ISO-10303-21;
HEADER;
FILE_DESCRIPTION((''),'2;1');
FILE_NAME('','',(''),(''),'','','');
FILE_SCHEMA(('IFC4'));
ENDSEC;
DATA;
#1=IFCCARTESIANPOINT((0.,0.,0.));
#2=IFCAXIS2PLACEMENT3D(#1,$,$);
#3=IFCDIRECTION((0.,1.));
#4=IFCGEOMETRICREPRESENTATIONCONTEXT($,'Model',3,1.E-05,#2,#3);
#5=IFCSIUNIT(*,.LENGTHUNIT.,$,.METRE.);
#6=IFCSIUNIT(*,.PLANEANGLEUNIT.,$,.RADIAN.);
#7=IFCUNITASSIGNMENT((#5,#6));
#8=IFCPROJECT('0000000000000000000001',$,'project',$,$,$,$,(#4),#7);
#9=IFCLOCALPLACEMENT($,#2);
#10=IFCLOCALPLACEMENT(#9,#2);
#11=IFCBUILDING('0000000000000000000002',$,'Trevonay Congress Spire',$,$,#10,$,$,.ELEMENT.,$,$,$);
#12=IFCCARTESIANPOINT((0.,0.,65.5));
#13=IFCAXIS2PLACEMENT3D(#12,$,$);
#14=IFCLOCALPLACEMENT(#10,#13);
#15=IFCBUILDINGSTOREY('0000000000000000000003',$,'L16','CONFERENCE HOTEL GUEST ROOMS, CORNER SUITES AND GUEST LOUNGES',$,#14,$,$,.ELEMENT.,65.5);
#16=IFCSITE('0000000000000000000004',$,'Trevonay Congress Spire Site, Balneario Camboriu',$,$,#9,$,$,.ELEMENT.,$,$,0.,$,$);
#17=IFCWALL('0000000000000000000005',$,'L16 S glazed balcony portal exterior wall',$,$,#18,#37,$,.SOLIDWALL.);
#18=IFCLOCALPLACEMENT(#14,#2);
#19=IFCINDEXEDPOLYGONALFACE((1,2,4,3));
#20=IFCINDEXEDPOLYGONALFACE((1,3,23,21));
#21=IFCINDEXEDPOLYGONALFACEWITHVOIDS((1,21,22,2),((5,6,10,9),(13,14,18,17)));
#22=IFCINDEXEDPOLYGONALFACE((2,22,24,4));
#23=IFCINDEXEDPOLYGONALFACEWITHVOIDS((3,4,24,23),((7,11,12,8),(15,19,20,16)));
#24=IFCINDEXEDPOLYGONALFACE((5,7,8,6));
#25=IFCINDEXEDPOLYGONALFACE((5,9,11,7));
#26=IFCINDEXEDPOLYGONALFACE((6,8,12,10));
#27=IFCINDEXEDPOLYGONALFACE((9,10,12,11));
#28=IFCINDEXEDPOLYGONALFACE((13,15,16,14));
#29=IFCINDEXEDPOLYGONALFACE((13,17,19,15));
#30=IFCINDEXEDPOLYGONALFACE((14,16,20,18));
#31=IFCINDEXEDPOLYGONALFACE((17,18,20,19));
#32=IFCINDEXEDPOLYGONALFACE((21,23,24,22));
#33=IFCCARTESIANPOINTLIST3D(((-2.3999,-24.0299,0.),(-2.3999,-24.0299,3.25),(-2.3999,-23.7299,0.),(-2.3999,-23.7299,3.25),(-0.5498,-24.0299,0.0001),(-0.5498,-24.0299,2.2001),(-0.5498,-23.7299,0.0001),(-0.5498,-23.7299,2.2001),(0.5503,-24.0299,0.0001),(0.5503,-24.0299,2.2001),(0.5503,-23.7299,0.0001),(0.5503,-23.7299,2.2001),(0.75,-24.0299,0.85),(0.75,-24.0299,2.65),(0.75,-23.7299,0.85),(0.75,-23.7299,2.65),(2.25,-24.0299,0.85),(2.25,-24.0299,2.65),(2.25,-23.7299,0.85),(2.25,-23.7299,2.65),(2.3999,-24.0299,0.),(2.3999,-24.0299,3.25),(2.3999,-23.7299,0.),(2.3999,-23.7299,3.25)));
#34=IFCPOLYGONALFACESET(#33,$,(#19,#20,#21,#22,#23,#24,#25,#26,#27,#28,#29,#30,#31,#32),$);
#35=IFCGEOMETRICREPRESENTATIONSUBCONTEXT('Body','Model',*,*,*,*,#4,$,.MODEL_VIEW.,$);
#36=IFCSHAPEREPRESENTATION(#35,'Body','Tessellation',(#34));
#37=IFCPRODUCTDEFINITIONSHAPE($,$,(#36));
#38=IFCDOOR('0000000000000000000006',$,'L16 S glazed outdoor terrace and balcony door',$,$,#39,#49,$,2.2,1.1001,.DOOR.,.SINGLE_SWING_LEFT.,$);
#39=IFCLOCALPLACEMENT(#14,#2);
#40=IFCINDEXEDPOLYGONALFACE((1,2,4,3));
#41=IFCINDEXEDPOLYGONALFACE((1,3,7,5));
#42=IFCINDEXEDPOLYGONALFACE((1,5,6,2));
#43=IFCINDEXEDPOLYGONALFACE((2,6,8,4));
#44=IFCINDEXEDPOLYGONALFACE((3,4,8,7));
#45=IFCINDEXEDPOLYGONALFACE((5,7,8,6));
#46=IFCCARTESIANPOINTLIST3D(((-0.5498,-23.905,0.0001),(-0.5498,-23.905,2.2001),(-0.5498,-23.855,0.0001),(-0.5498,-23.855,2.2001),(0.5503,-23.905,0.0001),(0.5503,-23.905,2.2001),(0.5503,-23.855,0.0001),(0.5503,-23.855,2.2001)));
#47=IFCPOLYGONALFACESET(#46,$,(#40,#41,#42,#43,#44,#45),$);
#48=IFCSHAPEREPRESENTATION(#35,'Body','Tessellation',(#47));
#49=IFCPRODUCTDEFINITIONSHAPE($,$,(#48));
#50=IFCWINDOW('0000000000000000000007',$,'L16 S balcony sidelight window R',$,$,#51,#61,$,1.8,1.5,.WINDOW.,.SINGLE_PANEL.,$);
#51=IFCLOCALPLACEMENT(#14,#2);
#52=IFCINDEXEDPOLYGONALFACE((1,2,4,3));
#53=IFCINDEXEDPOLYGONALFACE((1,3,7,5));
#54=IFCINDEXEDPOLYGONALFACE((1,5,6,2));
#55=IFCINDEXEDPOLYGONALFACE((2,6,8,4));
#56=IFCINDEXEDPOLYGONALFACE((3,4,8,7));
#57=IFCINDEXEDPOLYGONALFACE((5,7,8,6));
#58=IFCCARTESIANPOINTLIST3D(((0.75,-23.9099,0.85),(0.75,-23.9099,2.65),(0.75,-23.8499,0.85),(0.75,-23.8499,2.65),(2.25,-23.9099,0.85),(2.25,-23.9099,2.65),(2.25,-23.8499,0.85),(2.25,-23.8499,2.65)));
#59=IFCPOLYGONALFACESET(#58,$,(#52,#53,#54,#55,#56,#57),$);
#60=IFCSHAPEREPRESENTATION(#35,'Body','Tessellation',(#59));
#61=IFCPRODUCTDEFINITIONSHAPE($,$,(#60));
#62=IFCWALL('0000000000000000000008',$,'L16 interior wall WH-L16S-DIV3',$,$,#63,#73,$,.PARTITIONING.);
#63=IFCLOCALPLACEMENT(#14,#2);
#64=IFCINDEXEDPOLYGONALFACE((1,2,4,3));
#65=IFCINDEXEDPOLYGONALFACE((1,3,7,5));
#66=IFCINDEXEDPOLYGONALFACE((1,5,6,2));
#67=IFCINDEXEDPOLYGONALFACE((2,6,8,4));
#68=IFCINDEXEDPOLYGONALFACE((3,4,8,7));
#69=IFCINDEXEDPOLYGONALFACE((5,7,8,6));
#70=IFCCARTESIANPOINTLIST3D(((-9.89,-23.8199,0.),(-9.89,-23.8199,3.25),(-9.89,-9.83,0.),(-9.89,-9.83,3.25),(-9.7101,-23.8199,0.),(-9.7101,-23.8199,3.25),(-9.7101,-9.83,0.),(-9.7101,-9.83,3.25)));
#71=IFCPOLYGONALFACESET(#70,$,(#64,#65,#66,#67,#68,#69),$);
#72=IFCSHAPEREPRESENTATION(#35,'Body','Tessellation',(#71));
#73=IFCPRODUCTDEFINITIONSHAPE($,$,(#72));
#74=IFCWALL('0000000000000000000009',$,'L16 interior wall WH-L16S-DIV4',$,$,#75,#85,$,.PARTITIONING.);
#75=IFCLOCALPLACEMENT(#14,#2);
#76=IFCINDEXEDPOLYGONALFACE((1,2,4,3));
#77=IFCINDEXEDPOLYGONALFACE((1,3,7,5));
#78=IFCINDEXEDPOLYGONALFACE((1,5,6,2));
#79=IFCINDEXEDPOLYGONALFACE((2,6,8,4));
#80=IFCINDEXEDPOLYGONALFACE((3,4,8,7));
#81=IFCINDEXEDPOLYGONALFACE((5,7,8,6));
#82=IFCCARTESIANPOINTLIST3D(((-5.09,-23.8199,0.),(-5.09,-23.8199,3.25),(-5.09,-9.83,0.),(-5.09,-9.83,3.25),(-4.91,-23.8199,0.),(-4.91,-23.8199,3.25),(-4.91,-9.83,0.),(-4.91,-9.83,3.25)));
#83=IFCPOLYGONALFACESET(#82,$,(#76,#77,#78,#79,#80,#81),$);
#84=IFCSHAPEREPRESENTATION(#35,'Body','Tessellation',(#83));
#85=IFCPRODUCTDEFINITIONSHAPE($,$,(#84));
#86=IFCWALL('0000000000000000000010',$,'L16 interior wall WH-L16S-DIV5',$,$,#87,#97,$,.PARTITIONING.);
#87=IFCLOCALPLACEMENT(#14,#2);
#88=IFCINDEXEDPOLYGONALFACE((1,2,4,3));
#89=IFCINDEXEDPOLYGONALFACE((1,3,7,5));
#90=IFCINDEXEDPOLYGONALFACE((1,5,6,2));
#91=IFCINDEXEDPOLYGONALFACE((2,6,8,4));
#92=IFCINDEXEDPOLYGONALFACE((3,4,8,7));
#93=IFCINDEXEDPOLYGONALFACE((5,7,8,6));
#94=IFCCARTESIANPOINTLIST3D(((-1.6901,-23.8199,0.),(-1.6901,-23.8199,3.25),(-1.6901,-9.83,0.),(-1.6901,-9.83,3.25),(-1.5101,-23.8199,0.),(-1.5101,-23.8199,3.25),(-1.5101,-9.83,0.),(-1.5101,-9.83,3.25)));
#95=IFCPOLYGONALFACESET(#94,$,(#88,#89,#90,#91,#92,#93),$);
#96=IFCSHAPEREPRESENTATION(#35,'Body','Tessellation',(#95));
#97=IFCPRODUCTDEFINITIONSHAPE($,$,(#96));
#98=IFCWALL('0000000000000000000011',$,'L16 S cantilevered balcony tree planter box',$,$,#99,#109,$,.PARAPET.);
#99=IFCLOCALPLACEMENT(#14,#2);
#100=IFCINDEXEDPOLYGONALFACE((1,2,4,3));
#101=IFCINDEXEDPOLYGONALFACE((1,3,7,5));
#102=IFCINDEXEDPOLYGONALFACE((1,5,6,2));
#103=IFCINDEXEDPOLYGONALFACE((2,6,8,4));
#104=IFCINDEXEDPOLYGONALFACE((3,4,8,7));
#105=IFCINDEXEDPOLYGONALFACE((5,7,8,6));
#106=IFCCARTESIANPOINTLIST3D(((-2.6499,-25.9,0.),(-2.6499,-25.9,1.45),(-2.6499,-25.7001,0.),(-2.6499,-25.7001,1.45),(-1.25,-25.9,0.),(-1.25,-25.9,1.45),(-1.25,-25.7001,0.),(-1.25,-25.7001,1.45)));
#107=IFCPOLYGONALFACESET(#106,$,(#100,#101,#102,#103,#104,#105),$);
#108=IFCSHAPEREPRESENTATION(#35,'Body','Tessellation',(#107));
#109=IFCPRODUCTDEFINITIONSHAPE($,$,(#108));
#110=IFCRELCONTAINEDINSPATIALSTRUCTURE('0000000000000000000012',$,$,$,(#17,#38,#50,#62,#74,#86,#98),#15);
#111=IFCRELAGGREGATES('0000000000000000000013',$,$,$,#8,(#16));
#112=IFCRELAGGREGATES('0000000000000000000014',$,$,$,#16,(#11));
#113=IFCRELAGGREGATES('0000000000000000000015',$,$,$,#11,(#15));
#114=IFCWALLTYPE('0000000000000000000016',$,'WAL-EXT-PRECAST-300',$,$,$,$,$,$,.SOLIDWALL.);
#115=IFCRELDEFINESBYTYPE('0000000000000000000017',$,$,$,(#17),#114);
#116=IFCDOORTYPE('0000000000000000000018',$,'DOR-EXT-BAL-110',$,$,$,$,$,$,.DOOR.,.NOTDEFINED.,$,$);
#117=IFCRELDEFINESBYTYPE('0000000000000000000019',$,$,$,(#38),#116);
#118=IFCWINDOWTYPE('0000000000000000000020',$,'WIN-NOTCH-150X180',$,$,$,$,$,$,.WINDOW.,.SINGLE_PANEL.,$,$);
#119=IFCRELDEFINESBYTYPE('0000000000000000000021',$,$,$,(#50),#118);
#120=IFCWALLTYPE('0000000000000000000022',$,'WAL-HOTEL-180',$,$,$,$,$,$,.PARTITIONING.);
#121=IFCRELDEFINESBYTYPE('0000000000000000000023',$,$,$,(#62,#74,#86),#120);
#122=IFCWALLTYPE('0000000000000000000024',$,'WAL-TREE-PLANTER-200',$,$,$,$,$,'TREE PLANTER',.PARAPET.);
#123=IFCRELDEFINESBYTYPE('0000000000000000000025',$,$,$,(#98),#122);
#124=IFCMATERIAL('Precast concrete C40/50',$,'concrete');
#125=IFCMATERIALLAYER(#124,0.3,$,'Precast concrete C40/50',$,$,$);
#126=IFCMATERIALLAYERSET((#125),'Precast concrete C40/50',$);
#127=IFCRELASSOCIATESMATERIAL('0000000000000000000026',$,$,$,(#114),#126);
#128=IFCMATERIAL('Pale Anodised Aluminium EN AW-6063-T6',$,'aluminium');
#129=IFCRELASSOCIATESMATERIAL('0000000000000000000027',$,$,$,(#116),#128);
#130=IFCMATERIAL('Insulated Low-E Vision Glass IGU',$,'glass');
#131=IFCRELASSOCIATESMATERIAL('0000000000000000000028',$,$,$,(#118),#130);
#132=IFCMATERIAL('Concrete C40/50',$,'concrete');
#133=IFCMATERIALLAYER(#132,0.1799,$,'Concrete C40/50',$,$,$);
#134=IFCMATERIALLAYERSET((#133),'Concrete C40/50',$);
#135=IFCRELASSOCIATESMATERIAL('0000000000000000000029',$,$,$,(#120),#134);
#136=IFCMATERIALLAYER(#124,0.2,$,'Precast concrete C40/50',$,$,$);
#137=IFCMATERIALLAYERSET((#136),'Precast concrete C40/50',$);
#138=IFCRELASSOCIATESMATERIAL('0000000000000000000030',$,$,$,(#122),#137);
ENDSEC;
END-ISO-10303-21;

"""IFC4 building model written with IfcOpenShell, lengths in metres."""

from ifc_helpers import new_model, si_unit, direction, frame, frame_2d, origin, place, context, subcontext, project, spatial, rectangle, extrude, material, layer, layer_set, type_object, element, fill, save


model = new_model("IFC4")

# Units and contexts
model_context = context("Model", 3, precision=1e-05, world=origin(), true_north=direction((0.0, 1.0)))
body_context = subcontext(model_context, "Body", "Model", "MODEL_VIEW")
ifc_project = project(units=[si_unit("LENGTHUNIT", "METRE"), si_unit("PLANEANGLEUNIT", "RADIAN")], contexts=[model_context])

# Site, building, storey
site_placement = place(None, origin())
site = spatial("IfcSite", under=ifc_project, at=site_placement, Name="Trevonay Congress Spire Site, Balneario Camboriu", CompositionType="ELEMENT", RefElevation=0.0)
building_placement = place(site_placement, origin())
building = spatial("IfcBuilding", under=site, at=building_placement, Name="Trevonay Congress Spire", CompositionType="ELEMENT")
storey_placement = place(building_placement, frame((0.0, 0.0, 65.5)))
storey = spatial("IfcBuildingStorey", under=building, at=storey_placement, Name="L16", Description="CONFERENCE HOTEL GUEST ROOMS, CORNER SUITES AND GUEST LOUNGES", CompositionType="ELEMENT", Elevation=65.5)

# Shared definitions
ifc_material_1 = material(Name="Pale Anodised Aluminium EN AW-6063-T6", Category="aluminium")

# Shared definitions
ifc_material_2 = material(Name="Insulated Low-E Vision Glass IGU", Category="glass")

# Shared definitions
ifc_material_3 = material(Name="Concrete C40/50", Category="concrete")

# Wall, openings, door, window
ifc_material_4 = material(Name="Precast concrete C40/50", Category="concrete")
ifc_layer_1 = layer(ifc_material_4, 0.3, Name="Precast concrete C40/50")
ifc_layer_set_1 = layer_set([ifc_layer_1], Name="Precast concrete C40/50")
wall_type_1 = type_object("IfcWallType", Name="WAL-EXT-PRECAST-300", PredefinedType="SOLIDWALL", material=ifc_layer_set_1)
wall_1_placement = place(storey_placement, frame((-2.3999, -23.8799, 0.0), z_axis=(0.0, 0.0, 1.0), x_axis=(1.0, 0.0, 0.0)))
wall_1 = element("IfcWall", 1, at=wall_1_placement, inside=storey, type_object=wall_type_1, Name="L16 S glazed balcony portal exterior wall", PredefinedType="SOLIDWALL", context=body_context, shape_type="SweptSolid", body=[
    extrude(rectangle(XDim=4.7998, YDim=0.3, at=frame_2d((2.3999, 0.0))), origin(), (0.0, 0.0, 1.0), 3.25),
])
opening_1_placement = place(wall_1_placement, frame((1.8501, 0.0, 0.0)))
opening_1 = element("IfcOpeningElement", 2, at=opening_1_placement, cuts=wall_1, PredefinedType="OPENING", context=body_context, shape_type="SweptSolid", body=[
    extrude(rectangle(XDim=1.1001, YDim=2.2, at=frame_2d((0.55, 1.1001))), frame((0.0, 0.1602, 0.0), z_axis=(0.0, -1.0, 0.0), x_axis=(1.0, 0.0, 0.0)), (0.0, 0.0, 1.0), 0.3201),
])
opening_2_placement = place(wall_1_placement, frame((3.1499, 0.0, 0.8501)))
opening_2 = element("IfcOpeningElement", 3, at=opening_2_placement, cuts=wall_1, PredefinedType="OPENING", context=body_context, shape_type="SweptSolid", body=[
    extrude(rectangle(XDim=1.5, YDim=1.8, at=frame_2d((0.75, 0.8999))), frame((0.0, 0.1602, 0.0), z_axis=(0.0, -1.0, 0.0), x_axis=(1.0, 0.0, 0.0)), (0.0, 0.0, 1.0), 0.3201),
])
door_type_1 = type_object("IfcDoorType", Name="DOR-EXT-BAL-110", OperationType="NOTDEFINED", PredefinedType="DOOR", material=ifc_material_1)
door_1_placement = place(opening_1_placement, origin())
door_1 = element("IfcDoor", 4, at=door_1_placement, inside=storey, type_object=door_type_1, Name="L16 S glazed outdoor terrace and balcony door", OperationType="SINGLE_SWING_LEFT", OverallHeight=2.2, OverallWidth=1.1001, PredefinedType="DOOR", context=body_context, shape_type="SweptSolid", body=[
    extrude(rectangle(XDim=1.1001, YDim=2.2, at=frame_2d((0.55, 1.1001))), frame((0.0, 0.0249, 0.0), z_axis=(0.0, -1.0, 0.0), x_axis=(1.0, 0.0, 0.0)), (0.0, 0.0, 1.0), 0.05),
])
fill(opening_1, door_1)
window_type = type_object("IfcWindowType", Name="WIN-NOTCH-150X180", PartitioningType="SINGLE_PANEL", PredefinedType="WINDOW", material=ifc_material_2)
window_placement = place(opening_2_placement, origin())
window = element("IfcWindow", 5, at=window_placement, inside=storey, type_object=window_type, Name="L16 S balcony sidelight window R", OverallHeight=1.8, OverallWidth=1.5, PartitioningType="SINGLE_PANEL", PredefinedType="WINDOW", context=body_context, shape_type="SweptSolid", body=[
    extrude(rectangle(XDim=1.5, YDim=1.8, at=frame_2d((0.75, 0.8999))), frame((0.0, 0.03, 0.0), z_axis=(0.0, -1.0, 0.0), x_axis=(1.0, 0.0, 0.0)), (0.0, 0.0, 1.0), 0.0601),
])
fill(opening_2, window)

# Walls
ifc_layer_2 = layer(ifc_material_3, 0.1799, Name="Concrete C40/50")
ifc_layer_set_2 = layer_set([ifc_layer_2], Name="Concrete C40/50")
wall_type_2 = type_object("IfcWallType", Name="WAL-HOTEL-180", PredefinedType="PARTITIONING", material=ifc_layer_set_2)
for number, where, z_axis, x_axis, name in (
    (6, (-9.8, -23.8201, 0.0), (0.0, 0.0, 1.0), (0.0, 1.0, 0.0), "L16 interior wall WH-L16S-DIV3"),
    (7, (-5.0, -23.8201, 0.0), (0.0, 0.0, 1.0), (0.0, 1.0, 0.0), "L16 interior wall WH-L16S-DIV4"),
    (8, (-1.6001, -23.8201, 0.0), (0.0, 0.0, 1.0), (0.0, 1.0, 0.0), "L16 interior wall WH-L16S-DIV5"),
):
    element("IfcWall", number, at=place(storey_placement, frame(where, z_axis=z_axis, x_axis=x_axis)), inside=storey, type_object=wall_type_2, Name=name, PredefinedType="PARTITIONING", context=body_context, shape_type="SweptSolid", body=[
        extrude(rectangle(XDim=13.99, YDim=0.1799, at=frame_2d((6.9951, 0.0))), origin(), (0.0, 0.0, 1.0), 3.25),
    ])
ifc_layer_3 = layer(ifc_material_4, 0.2, Name="Precast concrete C40/50")
ifc_layer_set_3 = layer_set([ifc_layer_3], Name="Precast concrete C40/50")
wall_type_3 = type_object("IfcWallType", Name="WAL-TREE-PLANTER-200", ElementType="TREE PLANTER", PredefinedType="PARAPET", material=ifc_layer_set_3)
wall_2_placement = place(storey_placement, frame((-2.6499, -25.8, 0.0), z_axis=(0.0, 0.0, 1.0), x_axis=(1.0, 0.0, 0.0)))
element("IfcWall", 9, at=wall_2_placement, inside=storey, type_object=wall_type_3, Name="L16 S cantilevered balcony tree planter box", PredefinedType="PARAPET", context=body_context, shape_type="SweptSolid", body=[
    extrude(rectangle(XDim=1.3999, YDim=0.2, at=frame_2d((0.7, 0.0))), origin(), (0.0, 0.0, 1.0), 1.45),
])

save(model, "model.ifc")
